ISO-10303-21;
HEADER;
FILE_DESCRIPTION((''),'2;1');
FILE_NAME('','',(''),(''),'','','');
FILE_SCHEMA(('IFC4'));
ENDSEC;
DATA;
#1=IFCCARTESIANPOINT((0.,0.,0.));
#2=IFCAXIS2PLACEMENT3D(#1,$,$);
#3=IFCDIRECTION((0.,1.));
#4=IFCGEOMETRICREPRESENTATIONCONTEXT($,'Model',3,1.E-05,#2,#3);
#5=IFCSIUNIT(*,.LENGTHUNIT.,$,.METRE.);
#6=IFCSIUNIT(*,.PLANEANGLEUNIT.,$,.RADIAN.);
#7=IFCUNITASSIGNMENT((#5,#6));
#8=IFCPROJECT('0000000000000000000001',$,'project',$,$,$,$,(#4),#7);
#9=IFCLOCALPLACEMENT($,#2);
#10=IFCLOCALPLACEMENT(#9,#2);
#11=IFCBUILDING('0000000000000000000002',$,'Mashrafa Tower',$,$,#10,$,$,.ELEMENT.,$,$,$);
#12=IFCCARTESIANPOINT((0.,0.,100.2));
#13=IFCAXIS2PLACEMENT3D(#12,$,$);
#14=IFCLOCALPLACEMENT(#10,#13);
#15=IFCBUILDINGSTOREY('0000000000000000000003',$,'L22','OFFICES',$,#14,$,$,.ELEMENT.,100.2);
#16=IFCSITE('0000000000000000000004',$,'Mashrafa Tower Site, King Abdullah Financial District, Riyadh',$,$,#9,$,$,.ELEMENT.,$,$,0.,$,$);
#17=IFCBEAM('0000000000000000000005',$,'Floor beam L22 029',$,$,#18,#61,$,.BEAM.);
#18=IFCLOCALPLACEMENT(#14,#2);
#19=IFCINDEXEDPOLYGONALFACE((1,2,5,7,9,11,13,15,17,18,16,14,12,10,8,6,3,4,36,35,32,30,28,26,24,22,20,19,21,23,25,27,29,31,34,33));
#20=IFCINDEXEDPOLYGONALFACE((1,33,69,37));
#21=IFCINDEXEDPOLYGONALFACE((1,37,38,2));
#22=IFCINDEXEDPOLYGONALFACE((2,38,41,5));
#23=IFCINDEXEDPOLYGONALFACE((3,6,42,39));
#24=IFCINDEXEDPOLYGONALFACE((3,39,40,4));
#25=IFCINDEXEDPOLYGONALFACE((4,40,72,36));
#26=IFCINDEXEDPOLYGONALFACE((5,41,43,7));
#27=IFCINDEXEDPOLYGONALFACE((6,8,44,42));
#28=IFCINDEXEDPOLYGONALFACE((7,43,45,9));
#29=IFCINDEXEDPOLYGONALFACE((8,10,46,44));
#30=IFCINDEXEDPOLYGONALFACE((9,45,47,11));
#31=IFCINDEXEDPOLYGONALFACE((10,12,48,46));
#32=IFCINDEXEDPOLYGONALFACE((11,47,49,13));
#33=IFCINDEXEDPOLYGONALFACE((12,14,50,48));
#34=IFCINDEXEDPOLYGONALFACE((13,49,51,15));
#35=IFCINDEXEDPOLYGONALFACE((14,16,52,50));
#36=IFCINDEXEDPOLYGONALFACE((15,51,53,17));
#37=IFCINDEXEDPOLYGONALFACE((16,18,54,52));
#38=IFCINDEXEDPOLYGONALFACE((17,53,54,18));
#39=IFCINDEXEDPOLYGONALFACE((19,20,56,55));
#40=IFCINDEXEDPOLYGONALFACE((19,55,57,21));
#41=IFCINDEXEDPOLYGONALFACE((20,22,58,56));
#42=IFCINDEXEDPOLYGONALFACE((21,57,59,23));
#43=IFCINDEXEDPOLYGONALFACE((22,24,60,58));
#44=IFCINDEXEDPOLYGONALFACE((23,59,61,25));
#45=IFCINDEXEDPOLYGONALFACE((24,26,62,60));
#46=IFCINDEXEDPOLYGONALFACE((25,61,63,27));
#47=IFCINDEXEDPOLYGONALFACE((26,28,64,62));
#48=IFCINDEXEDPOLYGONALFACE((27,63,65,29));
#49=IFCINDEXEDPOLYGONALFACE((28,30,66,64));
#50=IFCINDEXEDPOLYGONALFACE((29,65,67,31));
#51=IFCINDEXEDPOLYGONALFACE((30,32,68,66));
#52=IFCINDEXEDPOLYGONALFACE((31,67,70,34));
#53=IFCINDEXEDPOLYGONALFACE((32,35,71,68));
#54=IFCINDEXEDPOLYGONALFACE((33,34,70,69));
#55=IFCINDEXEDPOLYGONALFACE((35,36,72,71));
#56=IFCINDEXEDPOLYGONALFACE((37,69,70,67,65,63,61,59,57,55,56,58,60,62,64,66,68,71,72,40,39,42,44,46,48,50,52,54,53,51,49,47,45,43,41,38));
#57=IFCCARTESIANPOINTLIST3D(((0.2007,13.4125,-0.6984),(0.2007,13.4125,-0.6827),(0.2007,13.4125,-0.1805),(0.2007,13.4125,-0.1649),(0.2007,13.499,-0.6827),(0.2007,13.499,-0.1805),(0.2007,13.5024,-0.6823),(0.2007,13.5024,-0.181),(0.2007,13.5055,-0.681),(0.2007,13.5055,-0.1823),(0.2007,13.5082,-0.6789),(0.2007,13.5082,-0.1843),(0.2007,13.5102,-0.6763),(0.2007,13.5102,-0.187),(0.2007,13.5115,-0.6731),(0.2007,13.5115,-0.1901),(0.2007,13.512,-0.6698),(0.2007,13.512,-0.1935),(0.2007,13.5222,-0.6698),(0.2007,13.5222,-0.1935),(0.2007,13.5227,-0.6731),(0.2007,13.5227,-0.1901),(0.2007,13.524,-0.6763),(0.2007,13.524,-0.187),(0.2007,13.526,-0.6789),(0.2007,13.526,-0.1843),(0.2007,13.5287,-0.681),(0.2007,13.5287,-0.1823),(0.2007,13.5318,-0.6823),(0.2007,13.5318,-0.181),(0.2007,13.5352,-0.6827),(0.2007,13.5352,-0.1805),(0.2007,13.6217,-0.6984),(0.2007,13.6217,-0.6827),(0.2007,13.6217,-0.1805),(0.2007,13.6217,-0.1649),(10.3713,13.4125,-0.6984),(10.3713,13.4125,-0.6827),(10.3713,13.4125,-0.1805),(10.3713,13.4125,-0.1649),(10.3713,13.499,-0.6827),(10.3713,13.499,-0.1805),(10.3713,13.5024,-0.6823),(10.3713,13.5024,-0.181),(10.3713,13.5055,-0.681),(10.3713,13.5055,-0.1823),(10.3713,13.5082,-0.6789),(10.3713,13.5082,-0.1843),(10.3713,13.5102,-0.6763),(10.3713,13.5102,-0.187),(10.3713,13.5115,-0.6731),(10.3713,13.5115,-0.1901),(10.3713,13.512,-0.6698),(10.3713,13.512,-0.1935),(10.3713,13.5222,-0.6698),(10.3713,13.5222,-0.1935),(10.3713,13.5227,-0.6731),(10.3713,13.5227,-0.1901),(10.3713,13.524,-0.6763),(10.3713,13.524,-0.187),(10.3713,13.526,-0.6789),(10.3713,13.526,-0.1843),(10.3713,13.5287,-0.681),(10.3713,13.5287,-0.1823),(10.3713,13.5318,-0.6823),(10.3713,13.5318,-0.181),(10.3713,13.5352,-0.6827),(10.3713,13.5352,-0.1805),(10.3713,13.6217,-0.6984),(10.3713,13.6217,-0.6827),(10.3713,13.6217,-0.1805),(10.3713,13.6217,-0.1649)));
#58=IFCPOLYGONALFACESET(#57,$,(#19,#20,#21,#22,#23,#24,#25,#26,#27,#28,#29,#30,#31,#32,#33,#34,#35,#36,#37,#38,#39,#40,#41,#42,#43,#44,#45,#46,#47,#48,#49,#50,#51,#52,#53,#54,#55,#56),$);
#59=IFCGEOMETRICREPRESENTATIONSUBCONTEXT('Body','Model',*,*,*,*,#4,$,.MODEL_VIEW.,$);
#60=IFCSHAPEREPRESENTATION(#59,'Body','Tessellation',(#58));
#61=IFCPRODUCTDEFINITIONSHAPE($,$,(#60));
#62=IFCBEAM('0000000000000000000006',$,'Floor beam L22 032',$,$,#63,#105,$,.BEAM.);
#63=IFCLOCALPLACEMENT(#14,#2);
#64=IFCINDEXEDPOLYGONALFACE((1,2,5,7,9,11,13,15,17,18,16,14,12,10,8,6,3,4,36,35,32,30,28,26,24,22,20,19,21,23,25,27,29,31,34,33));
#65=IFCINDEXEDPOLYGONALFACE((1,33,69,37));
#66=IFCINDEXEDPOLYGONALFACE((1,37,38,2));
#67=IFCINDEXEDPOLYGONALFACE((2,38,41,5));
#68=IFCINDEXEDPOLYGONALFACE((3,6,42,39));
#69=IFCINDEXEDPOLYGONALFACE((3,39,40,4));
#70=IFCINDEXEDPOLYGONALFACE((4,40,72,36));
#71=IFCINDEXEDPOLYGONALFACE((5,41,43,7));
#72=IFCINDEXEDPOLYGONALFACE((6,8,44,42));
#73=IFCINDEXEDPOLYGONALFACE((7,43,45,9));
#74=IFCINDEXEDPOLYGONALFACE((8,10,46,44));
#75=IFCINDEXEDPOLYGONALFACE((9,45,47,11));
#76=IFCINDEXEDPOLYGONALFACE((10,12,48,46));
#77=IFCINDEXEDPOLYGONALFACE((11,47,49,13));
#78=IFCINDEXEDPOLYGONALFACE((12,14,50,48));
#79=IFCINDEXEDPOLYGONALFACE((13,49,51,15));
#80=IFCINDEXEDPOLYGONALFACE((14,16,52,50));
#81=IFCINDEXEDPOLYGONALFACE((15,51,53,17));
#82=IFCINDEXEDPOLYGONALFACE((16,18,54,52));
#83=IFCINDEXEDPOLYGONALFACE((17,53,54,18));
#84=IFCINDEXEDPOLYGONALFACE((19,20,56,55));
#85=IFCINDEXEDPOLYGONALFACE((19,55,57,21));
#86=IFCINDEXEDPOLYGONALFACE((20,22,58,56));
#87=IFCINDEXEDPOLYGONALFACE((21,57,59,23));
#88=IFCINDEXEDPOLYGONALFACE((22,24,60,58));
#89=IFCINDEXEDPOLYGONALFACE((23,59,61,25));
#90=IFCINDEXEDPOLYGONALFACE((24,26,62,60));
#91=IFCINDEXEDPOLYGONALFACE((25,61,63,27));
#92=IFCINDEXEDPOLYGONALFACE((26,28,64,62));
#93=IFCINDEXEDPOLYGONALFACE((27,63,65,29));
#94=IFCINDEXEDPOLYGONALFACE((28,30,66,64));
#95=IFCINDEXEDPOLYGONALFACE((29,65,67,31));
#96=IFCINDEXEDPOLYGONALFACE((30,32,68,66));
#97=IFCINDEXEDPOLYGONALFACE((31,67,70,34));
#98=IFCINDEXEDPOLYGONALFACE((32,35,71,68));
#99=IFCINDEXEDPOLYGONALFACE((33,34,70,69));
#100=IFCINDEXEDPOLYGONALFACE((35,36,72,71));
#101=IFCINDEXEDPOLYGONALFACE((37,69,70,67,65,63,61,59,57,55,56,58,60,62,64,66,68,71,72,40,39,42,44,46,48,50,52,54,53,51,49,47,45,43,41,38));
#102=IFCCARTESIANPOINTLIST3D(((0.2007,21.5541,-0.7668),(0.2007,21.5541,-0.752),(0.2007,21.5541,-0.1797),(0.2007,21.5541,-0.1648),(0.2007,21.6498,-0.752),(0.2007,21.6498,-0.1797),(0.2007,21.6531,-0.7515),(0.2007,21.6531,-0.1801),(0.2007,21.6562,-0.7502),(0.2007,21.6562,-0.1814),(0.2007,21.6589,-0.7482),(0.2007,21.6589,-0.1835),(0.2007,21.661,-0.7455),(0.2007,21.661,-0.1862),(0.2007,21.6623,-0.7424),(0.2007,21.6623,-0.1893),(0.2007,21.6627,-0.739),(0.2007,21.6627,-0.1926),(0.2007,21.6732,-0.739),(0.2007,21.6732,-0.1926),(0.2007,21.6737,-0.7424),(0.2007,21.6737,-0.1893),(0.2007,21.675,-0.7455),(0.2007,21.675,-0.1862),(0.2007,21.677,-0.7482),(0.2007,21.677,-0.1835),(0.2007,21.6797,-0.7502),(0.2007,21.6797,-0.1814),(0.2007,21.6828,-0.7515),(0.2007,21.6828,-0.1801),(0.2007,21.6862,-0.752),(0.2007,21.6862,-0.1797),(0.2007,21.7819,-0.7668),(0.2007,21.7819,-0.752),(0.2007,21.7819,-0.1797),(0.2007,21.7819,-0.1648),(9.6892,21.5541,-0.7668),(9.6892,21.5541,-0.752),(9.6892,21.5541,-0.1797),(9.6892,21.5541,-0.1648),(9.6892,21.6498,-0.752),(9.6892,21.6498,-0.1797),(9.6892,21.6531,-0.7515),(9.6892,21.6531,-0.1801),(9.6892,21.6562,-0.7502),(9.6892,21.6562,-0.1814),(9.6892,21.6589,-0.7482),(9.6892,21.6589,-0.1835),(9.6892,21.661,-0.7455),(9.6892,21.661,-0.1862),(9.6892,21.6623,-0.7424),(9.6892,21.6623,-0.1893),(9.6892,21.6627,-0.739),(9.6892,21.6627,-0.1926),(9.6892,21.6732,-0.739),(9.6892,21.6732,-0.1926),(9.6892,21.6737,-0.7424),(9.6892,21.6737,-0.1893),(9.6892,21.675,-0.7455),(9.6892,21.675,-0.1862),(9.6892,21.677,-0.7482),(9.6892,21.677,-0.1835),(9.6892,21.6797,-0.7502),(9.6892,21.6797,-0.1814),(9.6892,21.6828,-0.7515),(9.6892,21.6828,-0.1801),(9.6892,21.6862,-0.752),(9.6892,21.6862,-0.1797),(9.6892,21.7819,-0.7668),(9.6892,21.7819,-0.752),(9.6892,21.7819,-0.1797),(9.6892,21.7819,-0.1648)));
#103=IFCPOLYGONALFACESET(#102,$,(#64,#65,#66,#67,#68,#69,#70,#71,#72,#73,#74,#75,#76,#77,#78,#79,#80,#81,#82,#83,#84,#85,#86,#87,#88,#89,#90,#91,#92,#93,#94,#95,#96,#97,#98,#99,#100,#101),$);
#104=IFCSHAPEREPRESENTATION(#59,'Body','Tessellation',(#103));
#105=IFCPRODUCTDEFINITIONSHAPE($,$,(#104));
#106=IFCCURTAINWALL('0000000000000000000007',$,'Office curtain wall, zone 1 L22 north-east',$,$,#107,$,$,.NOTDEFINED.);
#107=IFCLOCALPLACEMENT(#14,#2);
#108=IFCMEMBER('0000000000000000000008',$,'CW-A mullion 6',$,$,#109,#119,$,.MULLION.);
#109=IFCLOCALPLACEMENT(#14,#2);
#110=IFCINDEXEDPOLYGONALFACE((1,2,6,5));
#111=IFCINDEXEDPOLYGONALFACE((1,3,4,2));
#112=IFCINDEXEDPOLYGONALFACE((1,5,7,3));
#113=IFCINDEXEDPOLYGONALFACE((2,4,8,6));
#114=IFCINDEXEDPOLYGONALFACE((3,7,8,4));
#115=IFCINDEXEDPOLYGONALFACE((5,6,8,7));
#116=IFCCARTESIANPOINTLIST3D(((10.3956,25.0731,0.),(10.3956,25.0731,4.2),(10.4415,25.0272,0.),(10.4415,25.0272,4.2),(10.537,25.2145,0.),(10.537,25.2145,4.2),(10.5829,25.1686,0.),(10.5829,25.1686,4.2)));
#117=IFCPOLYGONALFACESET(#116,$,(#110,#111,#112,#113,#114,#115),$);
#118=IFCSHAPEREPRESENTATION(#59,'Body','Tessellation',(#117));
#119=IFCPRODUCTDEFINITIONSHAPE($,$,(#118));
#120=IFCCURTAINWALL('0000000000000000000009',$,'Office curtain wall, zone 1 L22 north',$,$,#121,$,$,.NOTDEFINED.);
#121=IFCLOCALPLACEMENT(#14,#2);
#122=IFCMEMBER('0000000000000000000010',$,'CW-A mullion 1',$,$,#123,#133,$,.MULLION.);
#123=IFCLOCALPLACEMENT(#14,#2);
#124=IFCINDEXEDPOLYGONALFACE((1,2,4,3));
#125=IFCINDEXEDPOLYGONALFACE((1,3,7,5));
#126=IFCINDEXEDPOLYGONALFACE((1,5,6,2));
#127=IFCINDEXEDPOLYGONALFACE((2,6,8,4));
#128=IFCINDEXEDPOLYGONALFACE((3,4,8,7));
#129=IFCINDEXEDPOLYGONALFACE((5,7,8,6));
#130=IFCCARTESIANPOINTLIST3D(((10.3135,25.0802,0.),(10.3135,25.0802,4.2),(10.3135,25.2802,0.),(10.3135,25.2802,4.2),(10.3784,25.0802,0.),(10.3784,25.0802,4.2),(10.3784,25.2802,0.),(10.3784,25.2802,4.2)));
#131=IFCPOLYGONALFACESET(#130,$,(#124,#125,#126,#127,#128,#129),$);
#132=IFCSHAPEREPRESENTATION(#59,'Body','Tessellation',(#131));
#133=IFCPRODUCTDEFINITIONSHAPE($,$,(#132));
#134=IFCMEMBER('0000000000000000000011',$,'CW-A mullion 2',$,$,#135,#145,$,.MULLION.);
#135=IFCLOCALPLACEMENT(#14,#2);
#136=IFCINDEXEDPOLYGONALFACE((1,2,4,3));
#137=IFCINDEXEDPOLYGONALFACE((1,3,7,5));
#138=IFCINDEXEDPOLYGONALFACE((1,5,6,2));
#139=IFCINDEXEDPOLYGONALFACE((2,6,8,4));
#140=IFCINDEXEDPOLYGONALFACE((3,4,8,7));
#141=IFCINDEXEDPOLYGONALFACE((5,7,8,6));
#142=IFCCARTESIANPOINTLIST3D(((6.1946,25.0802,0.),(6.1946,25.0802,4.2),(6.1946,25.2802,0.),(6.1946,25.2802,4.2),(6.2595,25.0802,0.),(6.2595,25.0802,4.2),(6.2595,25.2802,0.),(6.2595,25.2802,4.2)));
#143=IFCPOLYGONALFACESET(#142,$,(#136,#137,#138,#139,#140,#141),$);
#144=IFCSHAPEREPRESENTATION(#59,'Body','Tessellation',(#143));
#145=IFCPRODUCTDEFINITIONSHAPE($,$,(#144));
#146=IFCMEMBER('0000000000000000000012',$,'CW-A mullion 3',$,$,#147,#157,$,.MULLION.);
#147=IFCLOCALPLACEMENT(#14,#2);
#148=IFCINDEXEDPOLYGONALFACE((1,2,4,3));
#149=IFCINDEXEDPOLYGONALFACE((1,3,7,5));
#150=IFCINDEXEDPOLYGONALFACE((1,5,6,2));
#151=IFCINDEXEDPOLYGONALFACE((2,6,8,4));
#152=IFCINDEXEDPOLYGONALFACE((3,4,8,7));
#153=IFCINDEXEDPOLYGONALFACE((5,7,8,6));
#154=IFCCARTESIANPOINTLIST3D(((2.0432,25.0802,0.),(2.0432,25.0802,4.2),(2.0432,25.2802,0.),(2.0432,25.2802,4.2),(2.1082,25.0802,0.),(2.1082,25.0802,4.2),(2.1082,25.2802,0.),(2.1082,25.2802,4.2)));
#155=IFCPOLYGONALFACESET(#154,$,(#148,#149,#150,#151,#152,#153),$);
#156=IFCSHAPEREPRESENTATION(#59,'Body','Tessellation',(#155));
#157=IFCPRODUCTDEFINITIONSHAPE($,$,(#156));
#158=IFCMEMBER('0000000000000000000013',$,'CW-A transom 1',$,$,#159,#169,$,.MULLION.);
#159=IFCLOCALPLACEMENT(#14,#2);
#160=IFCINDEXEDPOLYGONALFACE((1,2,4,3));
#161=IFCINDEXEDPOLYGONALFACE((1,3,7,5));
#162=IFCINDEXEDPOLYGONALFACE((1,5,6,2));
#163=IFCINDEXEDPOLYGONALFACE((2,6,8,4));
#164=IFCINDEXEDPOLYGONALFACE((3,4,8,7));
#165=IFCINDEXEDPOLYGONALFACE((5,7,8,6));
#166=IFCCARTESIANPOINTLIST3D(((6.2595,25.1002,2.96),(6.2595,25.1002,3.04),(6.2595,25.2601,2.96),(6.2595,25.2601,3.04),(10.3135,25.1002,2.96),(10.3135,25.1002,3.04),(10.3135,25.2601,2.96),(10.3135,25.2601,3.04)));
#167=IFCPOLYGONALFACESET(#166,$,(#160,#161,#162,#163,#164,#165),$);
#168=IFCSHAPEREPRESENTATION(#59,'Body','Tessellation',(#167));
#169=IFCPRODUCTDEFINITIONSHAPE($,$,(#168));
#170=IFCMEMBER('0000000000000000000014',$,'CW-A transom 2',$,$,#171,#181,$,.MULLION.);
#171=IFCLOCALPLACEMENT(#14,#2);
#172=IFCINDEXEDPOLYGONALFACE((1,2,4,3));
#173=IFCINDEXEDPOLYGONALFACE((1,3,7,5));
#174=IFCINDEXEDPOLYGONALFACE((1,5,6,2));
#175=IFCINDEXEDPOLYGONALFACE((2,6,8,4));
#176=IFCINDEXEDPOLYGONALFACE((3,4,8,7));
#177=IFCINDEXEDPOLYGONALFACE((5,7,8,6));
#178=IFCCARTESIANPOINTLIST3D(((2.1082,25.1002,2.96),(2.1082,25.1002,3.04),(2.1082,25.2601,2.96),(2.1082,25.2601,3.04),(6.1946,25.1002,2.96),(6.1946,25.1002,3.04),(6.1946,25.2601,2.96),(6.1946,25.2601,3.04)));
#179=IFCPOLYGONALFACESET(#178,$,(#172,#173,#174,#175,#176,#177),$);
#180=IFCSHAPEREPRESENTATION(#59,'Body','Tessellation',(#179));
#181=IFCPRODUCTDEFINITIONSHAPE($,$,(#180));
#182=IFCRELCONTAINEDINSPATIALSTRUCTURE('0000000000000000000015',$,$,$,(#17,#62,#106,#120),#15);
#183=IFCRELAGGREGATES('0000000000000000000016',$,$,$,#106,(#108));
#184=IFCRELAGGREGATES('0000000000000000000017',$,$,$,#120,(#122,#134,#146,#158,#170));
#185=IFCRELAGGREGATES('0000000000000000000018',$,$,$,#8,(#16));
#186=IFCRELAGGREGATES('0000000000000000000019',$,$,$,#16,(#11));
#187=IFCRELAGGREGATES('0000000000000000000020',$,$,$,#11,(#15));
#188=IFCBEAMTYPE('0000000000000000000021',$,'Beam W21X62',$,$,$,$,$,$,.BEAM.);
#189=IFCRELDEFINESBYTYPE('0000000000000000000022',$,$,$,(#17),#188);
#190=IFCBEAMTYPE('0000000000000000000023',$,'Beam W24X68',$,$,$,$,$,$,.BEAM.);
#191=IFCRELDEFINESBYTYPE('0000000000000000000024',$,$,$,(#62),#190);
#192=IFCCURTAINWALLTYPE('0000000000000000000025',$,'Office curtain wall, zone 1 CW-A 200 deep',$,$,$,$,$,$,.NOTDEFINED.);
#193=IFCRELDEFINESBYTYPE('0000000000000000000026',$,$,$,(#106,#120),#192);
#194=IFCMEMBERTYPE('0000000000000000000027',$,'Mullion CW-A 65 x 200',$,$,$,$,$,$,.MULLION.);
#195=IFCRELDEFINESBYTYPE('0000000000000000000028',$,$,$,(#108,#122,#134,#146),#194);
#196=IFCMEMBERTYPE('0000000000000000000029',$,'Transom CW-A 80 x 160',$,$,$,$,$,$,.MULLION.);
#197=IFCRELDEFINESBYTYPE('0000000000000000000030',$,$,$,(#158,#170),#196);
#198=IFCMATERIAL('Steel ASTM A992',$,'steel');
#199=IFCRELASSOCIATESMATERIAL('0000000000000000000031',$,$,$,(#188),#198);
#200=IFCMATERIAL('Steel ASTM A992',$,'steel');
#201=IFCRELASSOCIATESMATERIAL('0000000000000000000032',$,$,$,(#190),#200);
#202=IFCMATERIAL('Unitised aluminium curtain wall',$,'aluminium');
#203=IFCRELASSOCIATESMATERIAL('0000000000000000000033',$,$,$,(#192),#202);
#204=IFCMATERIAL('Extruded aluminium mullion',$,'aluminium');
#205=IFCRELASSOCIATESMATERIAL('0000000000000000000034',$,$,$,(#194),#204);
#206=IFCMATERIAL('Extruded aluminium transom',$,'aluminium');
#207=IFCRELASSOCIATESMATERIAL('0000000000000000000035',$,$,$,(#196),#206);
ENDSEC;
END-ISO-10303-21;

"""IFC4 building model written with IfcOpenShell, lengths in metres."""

from ifc_helpers import new_model, si_unit, direction, frame, origin, origin_2d, place, context, subcontext, project, spatial, rectangle, i_section, extrude, source, transform, mapped, material, material_profile, profile_set, type_object, type_shapes, element, aggregate, save


model = new_model("IFC4")

# Units and contexts
model_context = context("Model", 3, precision=1e-05, world=origin(), true_north=direction((0.0, 1.0)))
body_context = subcontext(model_context, "Body", "Model", "MODEL_VIEW")
ifc_project = project(units=[si_unit("LENGTHUNIT", "METRE"), si_unit("PLANEANGLEUNIT", "RADIAN")], contexts=[model_context])

# Site, building, storey
site_placement = place(None, origin())
site = spatial("IfcSite", under=ifc_project, at=site_placement, Name="Mashrafa Tower Site, King Abdullah Financial District, Riyadh", CompositionType="ELEMENT", RefElevation=0.0)
building_placement = place(site_placement, origin())
building = spatial("IfcBuilding", under=site, at=building_placement, Name="Mashrafa Tower", CompositionType="ELEMENT")
storey_placement = place(building_placement, frame((0.0, 0.0, 100.2)))
storey = spatial("IfcBuildingStorey", under=building, at=storey_placement, Name="L22", Description="OFFICES", CompositionType="ELEMENT", Elevation=100.2)

# Beams
ifc_material_1 = material(Name="Steel ASTM A992", Category="steel")
ifc_material_profile_1 = material_profile(ifc_material_1, i_section(OverallWidth=0.2092, OverallDepth=0.5334, WebThickness=0.0103, FlangeThickness=0.0156, FilletRadius=0.0129, at=origin_2d()), Name="W21X62")
ifc_profile_set_1 = profile_set([ifc_material_profile_1], Name="Steel ASTM A992")
beam_type_1 = type_object("IfcBeamType", Name="Beam W21X62", PredefinedType="BEAM", material=ifc_profile_set_1)
beam_1_placement = place(storey_placement, frame((0.2007, 13.5171, -0.4316), z_axis=(1.0, 0.0, 0.0), x_axis=(0.0, 1.0, 0.0)))
element("IfcBeam", 1, at=beam_1_placement, inside=storey, type_object=beam_type_1, Name="Floor beam L22 029", PredefinedType="BEAM", context=body_context, shape_type="SweptSolid", body=[
    extrude(i_section(OverallWidth=0.2092, OverallDepth=0.5334, WebThickness=0.0103, FlangeThickness=0.0156, FilletRadius=0.0129, at=origin_2d()), origin(), (0.0, 0.0, 1.0), 10.1707),
])
ifc_material_2 = material(Name="Steel ASTM A992", Category="steel")
ifc_material_profile_2 = material_profile(ifc_material_2, i_section(OverallWidth=0.2278, OverallDepth=0.6021, WebThickness=0.0105, FlangeThickness=0.0149, FilletRadius=0.0129, at=origin_2d()), Name="W24X68")
ifc_profile_set_2 = profile_set([ifc_material_profile_2], Name="Steel ASTM A992")
beam_type_2 = type_object("IfcBeamType", Name="Beam W24X68", PredefinedType="BEAM", material=ifc_profile_set_2)
beam_2_placement = place(storey_placement, frame((0.2007, 21.668, -0.4658), z_axis=(1.0, 0.0, 0.0), x_axis=(0.0, 1.0, 0.0)))
element("IfcBeam", 2, at=beam_2_placement, inside=storey, type_object=beam_type_2, Name="Floor beam L22 032", PredefinedType="BEAM", context=body_context, shape_type="SweptSolid", body=[
    extrude(i_section(OverallWidth=0.2278, OverallDepth=0.6021, WebThickness=0.0105, FlangeThickness=0.0149, FilletRadius=0.0129, at=origin_2d()), origin(), (0.0, 0.0, 1.0), 9.4885),
])

# Curtain wall, member
ifc_material_3 = material(Name="Unitised aluminium curtain wall", Category="aluminium")
curtain_wall_type = type_object("IfcCurtainWallType", Name="Office curtain wall, zone 1 CW-A 200 deep", PredefinedType="NOTDEFINED", material=ifc_material_3)
curtain_wall_1_placement = place(storey_placement, origin())
curtain_wall_1 = element("IfcCurtainWall", 3, at=curtain_wall_1_placement, inside=storey, type_object=curtain_wall_type, Name="Office curtain wall, zone 1 L22 north-east", PredefinedType="NOTDEFINED")
ifc_material_4 = material(Name="Extruded aluminium mullion", Category="aluminium")
ifc_material_profile_3 = material_profile(ifc_material_4, rectangle(XDim=0.2, YDim=0.0649, at=origin_2d()), Name="Mullion 65x200")
ifc_profile_set_3 = profile_set([ifc_material_profile_3], Name="Extruded aluminium mullion")
member_type_1 = type_object("IfcMemberType", Name="Mullion CW-A 65 x 200", PredefinedType="MULLION", material=ifc_profile_set_3)
shared_shape_1 = source(origin(), body_context, "Body", "SweptSolid", [
    extrude(rectangle(XDim=0.2, YDim=0.0649, at=origin_2d()), origin(), (0.0, 0.0, 1.0), 4.2),
])
type_shapes(member_type_1, [shared_shape_1])
member_1_placement = place(storey_placement, frame((10.4893, 25.1208, 0.0), z_axis=(0.0, 0.0, 1.0), x_axis=(-0.707107, -0.707107, 0.0)))
member_1 = element("IfcMember", 4, at=member_1_placement, type_object=member_type_1, Name="CW-A mullion 6", PredefinedType="MULLION", context=body_context, shape_type="MappedRepresentation", body=[
    mapped(shared_shape_1, transform((0.0, 0.0, 0.0))),
])
aggregate(curtain_wall_1, [member_1])

# Curtain wall, members
curtain_wall_2_placement = place(storey_placement, origin())
curtain_wall_2 = element("IfcCurtainWall", 5, at=curtain_wall_2_placement, inside=storey, type_object=curtain_wall_type, Name="Office curtain wall, zone 1 L22 north", PredefinedType="NOTDEFINED")
member_2_placement = place(storey_placement, frame((10.3459, 25.1802, 0.0), z_axis=(0.0, 0.0, 1.0), x_axis=(0.0, -1.0, 0.0)))
member_2 = element("IfcMember", 6, at=member_2_placement, type_object=member_type_1, Name="CW-A mullion 1", PredefinedType="MULLION", context=body_context, shape_type="MappedRepresentation", body=[
    mapped(shared_shape_1, transform((0.0, 0.0, 0.0))),
])
member_3_placement = place(storey_placement, frame((6.2271, 25.1802, 0.0), z_axis=(0.0, 0.0, 1.0), x_axis=(0.0, -1.0, 0.0)))
member_3 = element("IfcMember", 7, at=member_3_placement, type_object=member_type_1, Name="CW-A mullion 2", PredefinedType="MULLION", context=body_context, shape_type="MappedRepresentation", body=[
    mapped(shared_shape_1, transform((0.0, 0.0, 0.0))),
])
member_4_placement = place(storey_placement, frame((2.0757, 25.1802, 0.0), z_axis=(0.0, 0.0, 1.0), x_axis=(0.0, -1.0, 0.0)))
member_4 = element("IfcMember", 8, at=member_4_placement, type_object=member_type_1, Name="CW-A mullion 3", PredefinedType="MULLION", context=body_context, shape_type="MappedRepresentation", body=[
    mapped(shared_shape_1, transform((0.0, 0.0, 0.0))),
])
ifc_material_5 = material(Name="Extruded aluminium transom", Category="aluminium")
ifc_material_profile_4 = material_profile(ifc_material_5, rectangle(XDim=0.1599, YDim=0.0801, at=origin_2d()), Name="Transom 80x160")
ifc_profile_set_4 = profile_set([ifc_material_profile_4], Name="Extruded aluminium transom")
member_type_2 = type_object("IfcMemberType", Name="Transom CW-A 80 x 160", PredefinedType="MULLION", material=ifc_profile_set_4)
shared_shape_2 = source(origin(), body_context, "Body", "SweptSolid", [
    extrude(rectangle(XDim=0.1599, YDim=0.0801, at=origin_2d()), origin(), (0.0, 0.0, 1.0), 4.054),
])
member_5_placement = place(storey_placement, frame((10.3135, 25.1802, 3.0), z_axis=(-1.0, 0.0, 0.0), x_axis=(0.0, -1.0, 0.0)))
member_5 = element("IfcMember", 9, at=member_5_placement, type_object=member_type_2, Name="CW-A transom 1", PredefinedType="MULLION", context=body_context, shape_type="MappedRepresentation", body=[
    mapped(shared_shape_2, transform((0.0, 0.0, 0.0))),
])
shared_shape_3 = source(origin(), body_context, "Body", "SweptSolid", [
    extrude(rectangle(XDim=0.1599, YDim=0.0801, at=origin_2d()), origin(), (0.0, 0.0, 1.0), 4.0864),
])
type_shapes(member_type_2, [shared_shape_2, shared_shape_3])
member_6_placement = place(storey_placement, frame((6.1946, 25.1802, 3.0), z_axis=(-1.0, 0.0, 0.0), x_axis=(0.0, -1.0, 0.0)))
member_6 = element("IfcMember", 10, at=member_6_placement, type_object=member_type_2, Name="CW-A transom 2", PredefinedType="MULLION", context=body_context, shape_type="MappedRepresentation", body=[
    mapped(shared_shape_3, transform((0.0, 0.0, 0.0))),
])
aggregate(curtain_wall_2, [member_2, member_3, member_4, member_5, member_6])

save(model, "model.ifc")
